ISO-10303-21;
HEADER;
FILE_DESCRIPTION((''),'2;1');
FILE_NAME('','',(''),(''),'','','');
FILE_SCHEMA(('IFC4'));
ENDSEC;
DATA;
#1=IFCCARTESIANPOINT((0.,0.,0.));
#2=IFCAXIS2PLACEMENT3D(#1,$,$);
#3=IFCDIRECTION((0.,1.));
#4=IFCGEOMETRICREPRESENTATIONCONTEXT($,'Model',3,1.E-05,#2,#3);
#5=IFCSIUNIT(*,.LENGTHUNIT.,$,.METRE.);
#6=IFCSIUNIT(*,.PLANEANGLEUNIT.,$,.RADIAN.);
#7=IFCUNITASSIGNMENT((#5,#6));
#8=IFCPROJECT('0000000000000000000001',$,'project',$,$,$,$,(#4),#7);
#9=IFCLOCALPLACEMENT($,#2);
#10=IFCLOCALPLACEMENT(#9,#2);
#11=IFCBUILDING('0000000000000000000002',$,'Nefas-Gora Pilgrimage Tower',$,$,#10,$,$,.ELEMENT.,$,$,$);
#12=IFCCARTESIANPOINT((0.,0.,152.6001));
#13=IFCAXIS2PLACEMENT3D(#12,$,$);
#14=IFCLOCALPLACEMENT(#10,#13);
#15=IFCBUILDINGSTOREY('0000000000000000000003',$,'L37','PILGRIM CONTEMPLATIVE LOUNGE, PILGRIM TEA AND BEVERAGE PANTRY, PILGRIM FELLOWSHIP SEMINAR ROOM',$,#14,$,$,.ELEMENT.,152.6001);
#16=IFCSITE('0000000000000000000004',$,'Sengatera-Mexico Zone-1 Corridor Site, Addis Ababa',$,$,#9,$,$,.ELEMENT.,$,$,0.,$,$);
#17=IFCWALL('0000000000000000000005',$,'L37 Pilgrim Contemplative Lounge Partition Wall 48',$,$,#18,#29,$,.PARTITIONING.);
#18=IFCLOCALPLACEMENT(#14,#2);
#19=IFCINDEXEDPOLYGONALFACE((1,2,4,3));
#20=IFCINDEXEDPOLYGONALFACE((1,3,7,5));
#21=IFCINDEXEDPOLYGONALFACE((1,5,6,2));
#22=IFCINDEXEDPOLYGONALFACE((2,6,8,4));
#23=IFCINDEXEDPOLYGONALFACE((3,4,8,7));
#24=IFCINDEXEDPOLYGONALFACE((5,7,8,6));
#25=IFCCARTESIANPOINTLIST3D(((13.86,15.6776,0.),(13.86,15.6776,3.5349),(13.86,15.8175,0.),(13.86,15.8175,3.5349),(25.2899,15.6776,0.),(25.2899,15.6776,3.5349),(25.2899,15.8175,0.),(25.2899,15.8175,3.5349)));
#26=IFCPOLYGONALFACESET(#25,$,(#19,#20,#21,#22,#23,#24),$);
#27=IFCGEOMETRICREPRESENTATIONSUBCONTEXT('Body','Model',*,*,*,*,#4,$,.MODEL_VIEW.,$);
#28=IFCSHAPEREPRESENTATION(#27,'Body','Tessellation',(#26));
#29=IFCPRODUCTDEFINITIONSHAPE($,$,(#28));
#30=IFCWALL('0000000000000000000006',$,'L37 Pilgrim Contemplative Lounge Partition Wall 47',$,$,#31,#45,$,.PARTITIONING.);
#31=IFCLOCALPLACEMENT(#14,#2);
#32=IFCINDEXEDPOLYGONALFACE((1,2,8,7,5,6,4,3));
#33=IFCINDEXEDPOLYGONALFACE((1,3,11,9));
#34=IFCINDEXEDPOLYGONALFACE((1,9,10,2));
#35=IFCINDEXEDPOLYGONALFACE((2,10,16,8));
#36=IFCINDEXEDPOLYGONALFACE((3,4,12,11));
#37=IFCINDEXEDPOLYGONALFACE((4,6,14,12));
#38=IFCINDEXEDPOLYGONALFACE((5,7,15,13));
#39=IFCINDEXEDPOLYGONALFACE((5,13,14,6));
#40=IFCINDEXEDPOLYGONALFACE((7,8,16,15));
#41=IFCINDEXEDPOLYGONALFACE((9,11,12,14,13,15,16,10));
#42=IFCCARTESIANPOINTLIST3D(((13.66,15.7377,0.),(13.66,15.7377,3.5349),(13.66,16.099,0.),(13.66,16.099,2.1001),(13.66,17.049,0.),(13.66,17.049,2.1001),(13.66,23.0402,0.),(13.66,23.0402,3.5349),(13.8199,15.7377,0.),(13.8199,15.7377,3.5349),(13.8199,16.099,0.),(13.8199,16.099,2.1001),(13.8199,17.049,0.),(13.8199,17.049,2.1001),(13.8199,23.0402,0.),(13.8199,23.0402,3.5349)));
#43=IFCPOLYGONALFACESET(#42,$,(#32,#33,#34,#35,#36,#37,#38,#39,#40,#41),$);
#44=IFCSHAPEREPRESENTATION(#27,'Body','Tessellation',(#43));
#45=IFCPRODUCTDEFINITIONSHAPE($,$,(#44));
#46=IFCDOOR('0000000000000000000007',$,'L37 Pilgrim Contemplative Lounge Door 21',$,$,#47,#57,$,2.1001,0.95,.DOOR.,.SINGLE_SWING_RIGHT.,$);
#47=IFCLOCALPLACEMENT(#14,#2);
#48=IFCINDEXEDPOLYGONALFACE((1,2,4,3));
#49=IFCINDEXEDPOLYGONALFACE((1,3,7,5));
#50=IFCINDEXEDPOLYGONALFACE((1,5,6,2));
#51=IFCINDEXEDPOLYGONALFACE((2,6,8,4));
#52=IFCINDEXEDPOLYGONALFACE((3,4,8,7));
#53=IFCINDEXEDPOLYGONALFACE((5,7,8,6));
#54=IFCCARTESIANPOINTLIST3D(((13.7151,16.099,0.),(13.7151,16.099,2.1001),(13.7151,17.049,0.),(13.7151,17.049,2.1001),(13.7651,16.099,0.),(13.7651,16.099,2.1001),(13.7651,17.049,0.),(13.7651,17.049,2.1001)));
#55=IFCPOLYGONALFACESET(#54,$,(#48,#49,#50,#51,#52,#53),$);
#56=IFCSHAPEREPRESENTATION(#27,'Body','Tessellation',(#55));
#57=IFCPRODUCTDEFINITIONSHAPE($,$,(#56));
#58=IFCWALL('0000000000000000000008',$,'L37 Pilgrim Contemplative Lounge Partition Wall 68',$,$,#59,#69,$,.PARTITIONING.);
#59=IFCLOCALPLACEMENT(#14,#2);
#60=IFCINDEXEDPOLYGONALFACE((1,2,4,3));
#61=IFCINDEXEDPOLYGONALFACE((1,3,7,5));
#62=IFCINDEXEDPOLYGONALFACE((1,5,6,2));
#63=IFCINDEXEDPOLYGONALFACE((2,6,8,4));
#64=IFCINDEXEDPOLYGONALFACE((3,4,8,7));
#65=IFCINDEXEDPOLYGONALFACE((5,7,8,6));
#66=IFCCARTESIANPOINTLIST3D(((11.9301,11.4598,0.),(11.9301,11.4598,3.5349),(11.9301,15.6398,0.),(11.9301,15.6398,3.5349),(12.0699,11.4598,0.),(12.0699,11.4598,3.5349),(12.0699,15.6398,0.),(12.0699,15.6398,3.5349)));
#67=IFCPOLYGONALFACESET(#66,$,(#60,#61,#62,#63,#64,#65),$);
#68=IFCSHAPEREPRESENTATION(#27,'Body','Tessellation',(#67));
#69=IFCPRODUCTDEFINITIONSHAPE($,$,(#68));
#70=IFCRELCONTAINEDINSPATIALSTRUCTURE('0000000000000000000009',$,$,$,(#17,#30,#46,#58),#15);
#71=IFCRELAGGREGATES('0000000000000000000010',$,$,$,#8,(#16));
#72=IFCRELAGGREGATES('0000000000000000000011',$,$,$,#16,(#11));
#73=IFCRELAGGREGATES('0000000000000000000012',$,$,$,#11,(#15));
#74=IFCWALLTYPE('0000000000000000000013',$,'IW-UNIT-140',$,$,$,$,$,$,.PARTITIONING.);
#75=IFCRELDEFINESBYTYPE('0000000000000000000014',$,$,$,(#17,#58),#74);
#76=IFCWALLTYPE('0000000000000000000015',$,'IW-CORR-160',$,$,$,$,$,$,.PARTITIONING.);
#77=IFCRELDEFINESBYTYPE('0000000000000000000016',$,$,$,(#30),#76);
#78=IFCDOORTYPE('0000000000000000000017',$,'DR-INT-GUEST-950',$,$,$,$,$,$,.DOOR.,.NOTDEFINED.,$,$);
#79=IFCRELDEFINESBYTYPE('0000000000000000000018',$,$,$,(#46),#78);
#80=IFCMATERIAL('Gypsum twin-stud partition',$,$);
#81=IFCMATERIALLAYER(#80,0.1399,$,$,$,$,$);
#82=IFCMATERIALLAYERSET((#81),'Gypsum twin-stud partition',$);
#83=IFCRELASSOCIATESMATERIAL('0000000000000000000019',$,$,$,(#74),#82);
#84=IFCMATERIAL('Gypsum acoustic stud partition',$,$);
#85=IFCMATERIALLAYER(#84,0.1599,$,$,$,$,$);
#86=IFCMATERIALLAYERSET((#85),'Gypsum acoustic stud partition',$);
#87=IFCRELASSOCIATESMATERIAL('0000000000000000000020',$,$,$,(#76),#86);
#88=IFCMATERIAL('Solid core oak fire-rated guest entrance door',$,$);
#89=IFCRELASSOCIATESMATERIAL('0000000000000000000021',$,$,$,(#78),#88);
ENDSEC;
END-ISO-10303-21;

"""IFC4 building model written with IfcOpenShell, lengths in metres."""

from ifc_helpers import new_model, si_unit, direction, frame, frame_2d, origin, place, context, subcontext, project, spatial, rectangle, extrude, source, transform, mapped, material, layer, layer_set, type_object, element, fill, save


model = new_model("IFC4")

# Units and contexts
model_context = context("Model", 3, precision=1e-05, world=origin(), true_north=direction((0.0, 1.0)))
body_context = subcontext(model_context, "Body", "Model", "MODEL_VIEW")
ifc_project = project(units=[si_unit("LENGTHUNIT", "METRE"), si_unit("PLANEANGLEUNIT", "RADIAN")], contexts=[model_context])

# Site, building, storey
site_placement = place(None, origin())
site = spatial("IfcSite", under=ifc_project, at=site_placement, Name="Sengatera-Mexico Zone-1 Corridor Site, Addis Ababa", CompositionType="ELEMENT", RefElevation=0.0)
building_placement = place(site_placement, origin())
building = spatial("IfcBuilding", under=site, at=building_placement, Name="Nefas-Gora Pilgrimage Tower", CompositionType="ELEMENT")
storey_placement = place(building_placement, frame((0.0, 0.0, 152.6001)))
storey = spatial("IfcBuildingStorey", under=building, at=storey_placement, Name="L37", Description="PILGRIM CONTEMPLATIVE LOUNGE, PILGRIM TEA AND BEVERAGE PANTRY, PILGRIM FELLOWSHIP SEMINAR ROOM", CompositionType="ELEMENT", Elevation=152.6001)

# Wall
ifc_material_1 = material(Name="Gypsum twin-stud partition")
ifc_layer_1 = layer(ifc_material_1, 0.1399)
ifc_layer_set_1 = layer_set([ifc_layer_1], Name="Gypsum twin-stud partition")
wall_type_1 = type_object("IfcWallType", Name="IW-UNIT-140", PredefinedType="PARTITIONING", material=ifc_layer_set_1)
shared_shape_1 = source(origin(), body_context, "Body", "SweptSolid", [
    extrude(rectangle(XDim=11.4299, YDim=0.1399, at=frame_2d((5.7148, 0.0))), origin(), (0.0, 0.0, 1.0), 3.5349),
])
wall_1_placement = place(storey_placement, frame((13.8601, 15.7476, 0.0), z_axis=(0.0, 0.0, 1.0), x_axis=(1.0, 0.0, 0.0)))
element("IfcWall", 1, at=wall_1_placement, inside=storey, type_object=wall_type_1, Name="L37 Pilgrim Contemplative Lounge Partition Wall 48", PredefinedType="PARTITIONING", context=body_context, shape_type="MappedRepresentation", body=[
    mapped(shared_shape_1, transform((0.0, 0.0, 0.0), x_axis=(1.0, 0.0, 0.0), y_axis=(0.0, 1.0, 0.0), z_axis=(0.0, 0.0, 1.0), scale=1.0)),
])

# Wall, opening, door
ifc_material_2 = material(Name="Gypsum acoustic stud partition")
ifc_layer_2 = layer(ifc_material_2, 0.1599)
ifc_layer_set_2 = layer_set([ifc_layer_2], Name="Gypsum acoustic stud partition")
wall_type_2 = type_object("IfcWallType", Name="IW-CORR-160", PredefinedType="PARTITIONING", material=ifc_layer_set_2)
shared_shape_2 = source(origin(), body_context, "Body", "SweptSolid", [
    extrude(rectangle(XDim=7.3025, YDim=0.1599, at=frame_2d((3.6514, 0.0))), origin(), (0.0, 0.0, 1.0), 3.5349),
])
wall_2_placement = place(storey_placement, frame((13.74, 15.7375, 0.0), z_axis=(0.0, 0.0, 1.0), x_axis=(0.0, 1.0, 0.0)))
wall_2 = element("IfcWall", 2, at=wall_2_placement, inside=storey, type_object=wall_type_2, Name="L37 Pilgrim Contemplative Lounge Partition Wall 47", PredefinedType="PARTITIONING", context=body_context, shape_type="MappedRepresentation", body=[
    mapped(shared_shape_2, transform((0.0, 0.0, 0.0), x_axis=(1.0, 0.0, 0.0), y_axis=(0.0, 1.0, 0.0), z_axis=(0.0, 0.0, 1.0), scale=1.0)),
])
opening_1_placement = place(wall_2_placement, frame((0.3613, 0.0, 0.0)))
opening_1 = element("IfcOpeningElement", 3, at=opening_1_placement, cuts=wall_2, PredefinedType="OPENING", context=body_context, shape_type="SweptSolid", body=[
    extrude(rectangle(XDim=0.95, YDim=2.1001, at=frame_2d((0.4751, 1.05))), frame((0.0, 0.0898, 0.0), z_axis=(0.0, -1.0, 0.0), x_axis=(1.0, 0.0, 0.0)), (0.0, 0.0, 1.0), 0.1799),
])
ifc_material_3 = material(Name="Solid core oak fire-rated guest entrance door")
door_type = type_object("IfcDoorType", Name="DR-INT-GUEST-950", OperationType="NOTDEFINED", PredefinedType="DOOR", material=ifc_material_3)
shared_shape_3 = source(origin(), body_context, "Body", "SweptSolid", [
    extrude(rectangle(XDim=0.95, YDim=2.1001, at=frame_2d((0.4751, 1.05))), frame((0.0, 0.0249, 0.0), z_axis=(0.0, -1.0, 0.0), x_axis=(1.0, 0.0, 0.0)), (0.0, 0.0, 1.0), 0.05),
])
door_placement = place(opening_1_placement, origin())
door = element("IfcDoor", 4, at=door_placement, inside=storey, type_object=door_type, Name="L37 Pilgrim Contemplative Lounge Door 21", OperationType="SINGLE_SWING_RIGHT", OverallHeight=2.1001, OverallWidth=0.95, PredefinedType="DOOR", context=body_context, shape_type="MappedRepresentation", body=[
    mapped(shared_shape_3, transform((0.0, 0.0, 0.0), x_axis=(1.0, 0.0, 0.0), y_axis=(0.0, 1.0, 0.0), z_axis=(0.0, 0.0, 1.0), scale=1.0)),
])
fill(opening_1, door)

# Wall
shared_shape_4 = source(origin(), body_context, "Body", "SweptSolid", [
    extrude(rectangle(XDim=4.1799, YDim=0.1399, at=frame_2d((2.0898, 0.0))), origin(), (0.0, 0.0, 1.0), 3.5349),
])
wall_3_placement = place(storey_placement, frame((12.0, 11.46, 0.0), z_axis=(0.0, 0.0, 1.0), x_axis=(0.0, 1.0, 0.0)))
element("IfcWall", 5, at=wall_3_placement, inside=storey, type_object=wall_type_1, Name="L37 Pilgrim Contemplative Lounge Partition Wall 68", PredefinedType="PARTITIONING", context=body_context, shape_type="MappedRepresentation", body=[
    mapped(shared_shape_4, transform((0.0, 0.0, 0.0), x_axis=(1.0, 0.0, 0.0), y_axis=(0.0, 1.0, 0.0), z_axis=(0.0, 0.0, 1.0), scale=1.0)),
])

save(model, "model.ifc")
